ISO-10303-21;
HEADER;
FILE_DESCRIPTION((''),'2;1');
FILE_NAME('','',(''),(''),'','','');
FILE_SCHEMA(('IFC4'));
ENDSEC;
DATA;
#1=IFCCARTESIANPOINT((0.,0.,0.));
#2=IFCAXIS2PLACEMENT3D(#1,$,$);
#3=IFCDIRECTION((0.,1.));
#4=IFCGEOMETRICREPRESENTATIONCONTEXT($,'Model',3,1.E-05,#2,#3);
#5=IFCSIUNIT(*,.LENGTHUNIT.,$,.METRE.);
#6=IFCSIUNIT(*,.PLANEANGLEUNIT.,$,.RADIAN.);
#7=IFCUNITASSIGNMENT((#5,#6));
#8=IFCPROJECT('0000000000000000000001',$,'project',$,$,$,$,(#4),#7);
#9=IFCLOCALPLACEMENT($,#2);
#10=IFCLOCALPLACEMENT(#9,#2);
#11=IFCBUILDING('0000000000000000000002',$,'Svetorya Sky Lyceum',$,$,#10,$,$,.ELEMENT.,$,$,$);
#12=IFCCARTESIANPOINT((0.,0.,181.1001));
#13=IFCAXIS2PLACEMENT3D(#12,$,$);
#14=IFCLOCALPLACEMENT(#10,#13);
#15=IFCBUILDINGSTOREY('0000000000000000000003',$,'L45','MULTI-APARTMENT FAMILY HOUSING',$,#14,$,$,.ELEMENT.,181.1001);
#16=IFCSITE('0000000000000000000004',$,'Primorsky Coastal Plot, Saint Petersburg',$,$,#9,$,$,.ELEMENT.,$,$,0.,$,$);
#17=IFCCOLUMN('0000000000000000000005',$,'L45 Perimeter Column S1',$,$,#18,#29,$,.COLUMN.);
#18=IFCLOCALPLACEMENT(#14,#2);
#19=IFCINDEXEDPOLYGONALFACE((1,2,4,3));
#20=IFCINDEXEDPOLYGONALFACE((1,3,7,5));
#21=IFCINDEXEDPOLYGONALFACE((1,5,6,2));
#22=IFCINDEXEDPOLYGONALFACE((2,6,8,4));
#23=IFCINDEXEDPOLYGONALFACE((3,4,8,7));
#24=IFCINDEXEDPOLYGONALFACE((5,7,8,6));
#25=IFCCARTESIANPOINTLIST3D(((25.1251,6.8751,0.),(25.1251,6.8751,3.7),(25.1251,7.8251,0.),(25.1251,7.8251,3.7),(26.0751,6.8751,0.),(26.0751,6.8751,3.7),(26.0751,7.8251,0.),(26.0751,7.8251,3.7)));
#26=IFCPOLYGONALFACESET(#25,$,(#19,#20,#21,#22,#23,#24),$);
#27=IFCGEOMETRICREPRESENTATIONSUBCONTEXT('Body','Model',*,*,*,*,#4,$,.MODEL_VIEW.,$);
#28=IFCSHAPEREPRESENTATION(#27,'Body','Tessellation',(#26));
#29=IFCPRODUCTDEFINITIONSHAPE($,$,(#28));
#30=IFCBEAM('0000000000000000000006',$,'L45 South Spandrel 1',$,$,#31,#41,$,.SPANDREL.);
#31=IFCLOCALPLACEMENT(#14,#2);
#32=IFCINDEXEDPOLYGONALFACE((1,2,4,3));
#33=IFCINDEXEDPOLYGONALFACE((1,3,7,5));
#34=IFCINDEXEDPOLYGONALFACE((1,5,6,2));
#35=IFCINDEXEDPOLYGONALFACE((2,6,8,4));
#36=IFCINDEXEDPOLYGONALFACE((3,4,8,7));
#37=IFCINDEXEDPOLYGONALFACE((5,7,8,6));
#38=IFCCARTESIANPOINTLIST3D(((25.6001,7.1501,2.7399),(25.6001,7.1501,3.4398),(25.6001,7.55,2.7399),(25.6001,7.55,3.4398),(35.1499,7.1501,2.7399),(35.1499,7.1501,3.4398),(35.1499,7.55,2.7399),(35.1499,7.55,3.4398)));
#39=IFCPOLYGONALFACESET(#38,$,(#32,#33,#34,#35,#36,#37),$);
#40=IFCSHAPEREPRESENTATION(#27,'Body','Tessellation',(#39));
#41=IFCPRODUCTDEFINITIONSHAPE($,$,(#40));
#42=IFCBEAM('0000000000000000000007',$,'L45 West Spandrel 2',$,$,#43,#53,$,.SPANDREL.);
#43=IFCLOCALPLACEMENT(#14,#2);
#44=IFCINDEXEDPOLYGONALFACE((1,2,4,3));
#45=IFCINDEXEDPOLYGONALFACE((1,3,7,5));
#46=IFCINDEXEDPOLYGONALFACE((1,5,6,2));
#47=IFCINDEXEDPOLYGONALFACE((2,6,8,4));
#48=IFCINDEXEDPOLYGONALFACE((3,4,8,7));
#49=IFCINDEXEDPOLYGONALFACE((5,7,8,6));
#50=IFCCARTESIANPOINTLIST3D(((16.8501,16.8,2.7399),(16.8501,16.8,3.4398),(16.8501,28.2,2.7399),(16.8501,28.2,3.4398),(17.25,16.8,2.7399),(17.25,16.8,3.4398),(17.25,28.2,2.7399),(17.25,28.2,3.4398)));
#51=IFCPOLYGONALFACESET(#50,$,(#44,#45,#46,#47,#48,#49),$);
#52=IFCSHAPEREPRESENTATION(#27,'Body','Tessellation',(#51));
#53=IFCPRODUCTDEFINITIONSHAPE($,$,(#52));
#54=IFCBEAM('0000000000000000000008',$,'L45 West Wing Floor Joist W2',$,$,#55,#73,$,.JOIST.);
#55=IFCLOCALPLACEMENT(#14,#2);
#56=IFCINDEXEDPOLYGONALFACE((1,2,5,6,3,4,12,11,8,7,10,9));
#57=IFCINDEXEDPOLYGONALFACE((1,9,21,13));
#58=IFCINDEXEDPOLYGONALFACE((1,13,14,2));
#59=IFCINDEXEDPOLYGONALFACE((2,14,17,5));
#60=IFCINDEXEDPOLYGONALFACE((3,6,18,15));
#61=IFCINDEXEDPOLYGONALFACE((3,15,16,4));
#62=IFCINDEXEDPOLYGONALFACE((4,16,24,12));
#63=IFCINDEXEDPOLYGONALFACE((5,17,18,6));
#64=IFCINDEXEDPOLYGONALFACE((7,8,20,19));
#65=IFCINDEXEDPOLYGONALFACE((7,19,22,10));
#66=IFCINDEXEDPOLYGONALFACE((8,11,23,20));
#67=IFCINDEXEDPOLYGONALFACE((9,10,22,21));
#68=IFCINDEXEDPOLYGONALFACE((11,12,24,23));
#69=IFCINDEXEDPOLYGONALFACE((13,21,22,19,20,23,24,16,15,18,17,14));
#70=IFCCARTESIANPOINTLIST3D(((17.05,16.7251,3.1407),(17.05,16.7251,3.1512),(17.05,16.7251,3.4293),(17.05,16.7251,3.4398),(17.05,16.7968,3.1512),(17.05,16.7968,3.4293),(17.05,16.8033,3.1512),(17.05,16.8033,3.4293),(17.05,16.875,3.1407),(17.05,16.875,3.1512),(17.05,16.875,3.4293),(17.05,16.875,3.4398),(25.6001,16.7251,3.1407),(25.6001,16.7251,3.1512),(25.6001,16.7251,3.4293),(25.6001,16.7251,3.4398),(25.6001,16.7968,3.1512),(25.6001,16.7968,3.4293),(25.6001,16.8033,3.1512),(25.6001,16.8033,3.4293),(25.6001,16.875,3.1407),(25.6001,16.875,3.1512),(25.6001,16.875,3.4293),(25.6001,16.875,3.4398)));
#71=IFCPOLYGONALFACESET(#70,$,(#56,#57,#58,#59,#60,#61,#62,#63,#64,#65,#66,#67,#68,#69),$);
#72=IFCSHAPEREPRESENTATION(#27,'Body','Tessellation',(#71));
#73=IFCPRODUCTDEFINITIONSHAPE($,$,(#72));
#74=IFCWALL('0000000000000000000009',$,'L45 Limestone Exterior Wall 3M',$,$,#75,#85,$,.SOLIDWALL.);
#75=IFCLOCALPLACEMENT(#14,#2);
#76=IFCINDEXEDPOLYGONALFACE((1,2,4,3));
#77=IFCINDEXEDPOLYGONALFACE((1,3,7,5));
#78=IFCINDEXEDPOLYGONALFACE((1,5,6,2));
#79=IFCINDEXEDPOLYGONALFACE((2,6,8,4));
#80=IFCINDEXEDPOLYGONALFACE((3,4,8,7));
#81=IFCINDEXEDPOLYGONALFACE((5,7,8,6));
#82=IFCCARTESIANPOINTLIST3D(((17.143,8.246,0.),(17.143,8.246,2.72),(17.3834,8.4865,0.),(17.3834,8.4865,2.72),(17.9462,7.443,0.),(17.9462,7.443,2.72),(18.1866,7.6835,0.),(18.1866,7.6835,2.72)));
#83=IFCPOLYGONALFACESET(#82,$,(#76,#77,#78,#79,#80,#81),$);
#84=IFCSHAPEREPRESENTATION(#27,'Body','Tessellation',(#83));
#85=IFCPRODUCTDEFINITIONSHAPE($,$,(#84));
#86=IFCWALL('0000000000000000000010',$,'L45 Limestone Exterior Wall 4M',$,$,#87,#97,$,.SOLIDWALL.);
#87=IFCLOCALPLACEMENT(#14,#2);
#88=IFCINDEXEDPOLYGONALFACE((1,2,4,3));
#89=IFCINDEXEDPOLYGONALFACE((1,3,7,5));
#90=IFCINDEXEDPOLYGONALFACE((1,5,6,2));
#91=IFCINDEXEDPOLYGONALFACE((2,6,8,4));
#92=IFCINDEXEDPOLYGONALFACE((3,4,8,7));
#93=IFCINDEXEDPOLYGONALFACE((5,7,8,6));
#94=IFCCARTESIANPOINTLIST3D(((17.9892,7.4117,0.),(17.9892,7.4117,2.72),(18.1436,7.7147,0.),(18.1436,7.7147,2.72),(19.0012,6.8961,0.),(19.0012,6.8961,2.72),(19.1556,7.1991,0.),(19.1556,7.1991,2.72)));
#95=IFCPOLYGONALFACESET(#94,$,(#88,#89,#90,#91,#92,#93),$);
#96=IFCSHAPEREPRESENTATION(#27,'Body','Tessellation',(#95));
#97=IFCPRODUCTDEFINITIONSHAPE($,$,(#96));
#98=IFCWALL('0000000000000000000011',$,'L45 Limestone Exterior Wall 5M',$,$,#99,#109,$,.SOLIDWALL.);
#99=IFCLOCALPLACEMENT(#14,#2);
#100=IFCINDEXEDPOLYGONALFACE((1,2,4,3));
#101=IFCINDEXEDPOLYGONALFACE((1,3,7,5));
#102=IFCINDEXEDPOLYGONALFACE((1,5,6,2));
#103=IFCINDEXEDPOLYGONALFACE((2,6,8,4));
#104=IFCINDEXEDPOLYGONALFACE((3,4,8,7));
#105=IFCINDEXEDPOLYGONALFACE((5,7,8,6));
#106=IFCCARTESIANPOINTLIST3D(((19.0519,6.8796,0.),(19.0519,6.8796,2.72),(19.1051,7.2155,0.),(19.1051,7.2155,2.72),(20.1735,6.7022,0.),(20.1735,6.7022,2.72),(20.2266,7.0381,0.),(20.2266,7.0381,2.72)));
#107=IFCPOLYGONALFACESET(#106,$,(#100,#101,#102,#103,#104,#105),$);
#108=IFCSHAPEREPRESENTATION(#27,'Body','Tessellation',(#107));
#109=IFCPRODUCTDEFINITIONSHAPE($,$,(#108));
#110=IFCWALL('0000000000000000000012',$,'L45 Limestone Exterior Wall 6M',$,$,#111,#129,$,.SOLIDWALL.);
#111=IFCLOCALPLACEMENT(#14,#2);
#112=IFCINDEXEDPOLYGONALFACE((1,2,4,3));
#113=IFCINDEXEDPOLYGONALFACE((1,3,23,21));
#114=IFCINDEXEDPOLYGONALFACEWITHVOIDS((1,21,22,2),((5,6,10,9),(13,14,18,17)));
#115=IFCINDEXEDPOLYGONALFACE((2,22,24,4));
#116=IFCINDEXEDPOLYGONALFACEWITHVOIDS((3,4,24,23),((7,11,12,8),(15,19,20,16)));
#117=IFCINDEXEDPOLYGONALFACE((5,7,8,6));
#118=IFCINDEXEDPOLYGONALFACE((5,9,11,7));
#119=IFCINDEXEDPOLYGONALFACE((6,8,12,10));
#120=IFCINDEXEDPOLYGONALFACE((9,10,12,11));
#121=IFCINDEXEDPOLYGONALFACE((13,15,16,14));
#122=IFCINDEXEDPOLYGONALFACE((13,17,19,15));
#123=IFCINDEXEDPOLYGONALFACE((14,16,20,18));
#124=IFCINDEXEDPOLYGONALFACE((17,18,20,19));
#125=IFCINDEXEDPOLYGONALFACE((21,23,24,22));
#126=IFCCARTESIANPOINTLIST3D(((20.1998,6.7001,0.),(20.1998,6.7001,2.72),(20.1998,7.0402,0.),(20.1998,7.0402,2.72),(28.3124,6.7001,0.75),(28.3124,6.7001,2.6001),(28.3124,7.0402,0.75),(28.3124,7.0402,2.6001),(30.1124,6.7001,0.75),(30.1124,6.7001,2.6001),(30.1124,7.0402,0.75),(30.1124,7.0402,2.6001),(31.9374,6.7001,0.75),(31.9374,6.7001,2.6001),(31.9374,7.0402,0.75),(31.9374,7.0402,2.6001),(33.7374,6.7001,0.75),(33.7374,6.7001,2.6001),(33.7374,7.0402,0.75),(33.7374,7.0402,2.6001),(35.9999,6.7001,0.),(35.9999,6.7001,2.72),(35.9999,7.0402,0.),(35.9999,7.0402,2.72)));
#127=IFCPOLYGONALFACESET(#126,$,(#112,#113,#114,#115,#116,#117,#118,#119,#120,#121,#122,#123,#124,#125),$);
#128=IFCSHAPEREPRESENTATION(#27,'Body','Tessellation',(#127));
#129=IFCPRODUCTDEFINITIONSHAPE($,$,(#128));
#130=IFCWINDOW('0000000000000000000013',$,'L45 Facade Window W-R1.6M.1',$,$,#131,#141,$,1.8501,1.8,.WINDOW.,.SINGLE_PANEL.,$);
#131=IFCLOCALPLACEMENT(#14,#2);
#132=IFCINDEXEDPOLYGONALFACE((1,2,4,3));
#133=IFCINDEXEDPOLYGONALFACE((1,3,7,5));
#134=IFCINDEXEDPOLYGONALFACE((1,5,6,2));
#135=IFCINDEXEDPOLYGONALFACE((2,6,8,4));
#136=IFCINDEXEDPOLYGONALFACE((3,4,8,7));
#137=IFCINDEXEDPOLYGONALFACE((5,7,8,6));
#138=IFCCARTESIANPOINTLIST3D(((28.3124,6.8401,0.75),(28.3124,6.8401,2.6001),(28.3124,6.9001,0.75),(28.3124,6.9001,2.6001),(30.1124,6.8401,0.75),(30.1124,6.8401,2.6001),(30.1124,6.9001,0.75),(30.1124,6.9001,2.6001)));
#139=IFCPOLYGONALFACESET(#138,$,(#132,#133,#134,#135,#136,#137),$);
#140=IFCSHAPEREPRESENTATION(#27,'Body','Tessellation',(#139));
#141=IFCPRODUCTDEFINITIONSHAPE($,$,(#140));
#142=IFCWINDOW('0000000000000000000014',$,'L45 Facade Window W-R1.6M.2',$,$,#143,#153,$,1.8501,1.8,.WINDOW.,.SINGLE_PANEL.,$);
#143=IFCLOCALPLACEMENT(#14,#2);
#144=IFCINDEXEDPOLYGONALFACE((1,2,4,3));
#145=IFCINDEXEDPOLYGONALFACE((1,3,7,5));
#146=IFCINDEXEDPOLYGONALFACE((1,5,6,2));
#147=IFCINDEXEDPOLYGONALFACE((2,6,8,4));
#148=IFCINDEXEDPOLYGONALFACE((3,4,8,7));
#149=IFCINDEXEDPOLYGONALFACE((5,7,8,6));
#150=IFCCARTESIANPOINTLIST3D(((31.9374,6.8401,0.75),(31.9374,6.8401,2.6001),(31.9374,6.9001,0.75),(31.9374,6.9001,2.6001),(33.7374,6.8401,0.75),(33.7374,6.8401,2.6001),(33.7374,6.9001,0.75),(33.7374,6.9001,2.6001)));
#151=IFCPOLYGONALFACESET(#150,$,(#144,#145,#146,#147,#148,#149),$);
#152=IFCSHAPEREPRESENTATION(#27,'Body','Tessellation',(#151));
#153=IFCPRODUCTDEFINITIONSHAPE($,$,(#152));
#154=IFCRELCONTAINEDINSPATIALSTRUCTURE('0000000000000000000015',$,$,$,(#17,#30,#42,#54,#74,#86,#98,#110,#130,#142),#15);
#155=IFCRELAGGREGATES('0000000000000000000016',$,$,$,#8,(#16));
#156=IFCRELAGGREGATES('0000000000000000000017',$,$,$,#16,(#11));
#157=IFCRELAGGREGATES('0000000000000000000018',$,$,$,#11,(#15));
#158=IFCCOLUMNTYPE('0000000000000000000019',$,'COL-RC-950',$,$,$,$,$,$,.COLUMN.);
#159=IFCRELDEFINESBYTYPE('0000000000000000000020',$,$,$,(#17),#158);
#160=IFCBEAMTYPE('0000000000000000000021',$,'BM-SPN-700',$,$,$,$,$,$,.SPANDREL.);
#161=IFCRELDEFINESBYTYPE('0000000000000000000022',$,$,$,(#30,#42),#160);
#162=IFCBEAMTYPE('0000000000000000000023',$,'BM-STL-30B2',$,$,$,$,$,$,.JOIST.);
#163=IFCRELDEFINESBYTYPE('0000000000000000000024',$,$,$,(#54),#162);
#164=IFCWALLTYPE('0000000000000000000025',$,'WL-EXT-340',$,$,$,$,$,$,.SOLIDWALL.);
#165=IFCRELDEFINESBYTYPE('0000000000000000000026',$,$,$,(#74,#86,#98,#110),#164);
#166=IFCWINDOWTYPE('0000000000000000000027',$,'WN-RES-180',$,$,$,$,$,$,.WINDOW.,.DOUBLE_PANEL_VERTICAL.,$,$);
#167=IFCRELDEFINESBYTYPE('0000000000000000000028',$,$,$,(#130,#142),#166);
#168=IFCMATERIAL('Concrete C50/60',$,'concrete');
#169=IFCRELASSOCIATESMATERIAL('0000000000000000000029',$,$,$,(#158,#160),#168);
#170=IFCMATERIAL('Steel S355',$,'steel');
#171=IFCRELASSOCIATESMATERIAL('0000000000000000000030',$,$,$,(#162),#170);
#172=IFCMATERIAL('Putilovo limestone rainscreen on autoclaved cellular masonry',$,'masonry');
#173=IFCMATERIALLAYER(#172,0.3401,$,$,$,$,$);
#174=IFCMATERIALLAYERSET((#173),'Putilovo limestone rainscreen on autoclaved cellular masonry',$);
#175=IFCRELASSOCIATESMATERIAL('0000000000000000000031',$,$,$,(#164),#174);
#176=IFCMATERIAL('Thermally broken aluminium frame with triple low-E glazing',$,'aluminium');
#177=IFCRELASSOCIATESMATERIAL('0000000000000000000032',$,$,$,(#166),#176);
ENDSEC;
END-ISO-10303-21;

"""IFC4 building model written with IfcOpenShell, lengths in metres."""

from ifc_helpers import new_model, si_unit, direction, frame, frame_2d, origin, origin_2d, place, context, subcontext, project, spatial, rectangle, i_section, extrude, material, layer, layer_set, material_profile, profile_set, type_object, element, fill, save


model = new_model("IFC4")

# Units and contexts
model_context = context("Model", 3, precision=1e-05, world=origin(), true_north=direction((0.0, 1.0)))
body_context = subcontext(model_context, "Body", "Model", "MODEL_VIEW")
ifc_project = project(units=[si_unit("LENGTHUNIT", "METRE"), si_unit("PLANEANGLEUNIT", "RADIAN")], contexts=[model_context])

# Site, building, storey
site_placement = place(None, origin())
site = spatial("IfcSite", under=ifc_project, at=site_placement, Name="Primorsky Coastal Plot, Saint Petersburg", CompositionType="ELEMENT", RefElevation=0.0)
building_placement = place(site_placement, origin())
building = spatial("IfcBuilding", under=site, at=building_placement, Name="Svetorya Sky Lyceum", CompositionType="ELEMENT")
storey_placement = place(building_placement, frame((0.0, 0.0, 181.1001)))
storey = spatial("IfcBuildingStorey", under=building, at=storey_placement, Name="L45", Description="MULTI-APARTMENT FAMILY HOUSING", CompositionType="ELEMENT", Elevation=181.1001)

# Column
ifc_material_1 = material(Name="Concrete C50/60", Category="concrete")
ifc_material_profile_1 = material_profile(ifc_material_1, rectangle(XDim=0.95, YDim=0.95, at=origin_2d()), Name="RC COL 950x950")
ifc_profile_set_1 = profile_set([ifc_material_profile_1], Name="Concrete C50/60")
column_type = type_object("IfcColumnType", Name="COL-RC-950", PredefinedType="COLUMN", material=ifc_profile_set_1)
column_placement = place(storey_placement, frame((25.6001, 7.3501, 0.0), z_axis=(0.0, 0.0, 1.0), x_axis=(1.0, 0.0, 0.0)))
element("IfcColumn", 1, at=column_placement, inside=storey, type_object=column_type, Name="L45 Perimeter Column S1", PredefinedType="COLUMN", context=body_context, shape_type="SweptSolid", body=[
    extrude(rectangle(XDim=0.95, YDim=0.95, at=origin_2d()), origin(), (0.0, 0.0, 1.0), 3.7),
])

# Beams
ifc_material_profile_2 = material_profile(ifc_material_1, rectangle(XDim=0.3999, YDim=0.7, at=origin_2d()), Name="RC SPANDREL 400x700")
ifc_profile_set_2 = profile_set([ifc_material_profile_2], Name="Concrete C50/60")
beam_type_1 = type_object("IfcBeamType", Name="BM-SPN-700", PredefinedType="SPANDREL", material=ifc_profile_set_2)
beam_1_placement = place(storey_placement, frame((25.6001, 7.3501, 3.0898), z_axis=(1.0, 0.0, 0.0), x_axis=(0.0, 1.0, 0.0)))
element("IfcBeam", 2, at=beam_1_placement, inside=storey, type_object=beam_type_1, Name="L45 South Spandrel 1", PredefinedType="SPANDREL", context=body_context, shape_type="SweptSolid", body=[
    extrude(rectangle(XDim=0.3999, YDim=0.7, at=origin_2d()), origin(), (0.0, 0.0, 1.0), 9.5498),
])
beam_2_placement = place(storey_placement, frame((17.05, 16.8, 3.0898), z_axis=(0.0, 1.0, 0.0), x_axis=(-1.0, 0.0, 0.0)))
element("IfcBeam", 3, at=beam_2_placement, inside=storey, type_object=beam_type_1, Name="L45 West Spandrel 2", PredefinedType="SPANDREL", context=body_context, shape_type="SweptSolid", body=[
    extrude(rectangle(XDim=0.3999, YDim=0.7, at=origin_2d()), origin(), (0.0, 0.0, 1.0), 11.3999),
])
ifc_material_2 = material(Name="Steel S355", Category="steel")
ifc_material_profile_3 = material_profile(ifc_material_2, i_section(OverallWidth=0.1499, OverallDepth=0.2991, WebThickness=0.0066, FlangeThickness=0.0105, at=origin_2d()), Name="GOST 30B2")
ifc_profile_set_3 = profile_set([ifc_material_profile_3], Name="Steel S355")
beam_type_2 = type_object("IfcBeamType", Name="BM-STL-30B2", PredefinedType="JOIST", material=ifc_profile_set_3)
beam_3_placement = place(storey_placement, frame((17.05, 16.8, 3.2903), z_axis=(1.0, 0.0, 0.0), x_axis=(0.0, 1.0, 0.0)))
element("IfcBeam", 4, at=beam_3_placement, inside=storey, type_object=beam_type_2, Name="L45 West Wing Floor Joist W2", PredefinedType="JOIST", context=body_context, shape_type="SweptSolid", body=[
    extrude(i_section(OverallWidth=0.1499, OverallDepth=0.2991, WebThickness=0.0066, FlangeThickness=0.0105, at=origin_2d()), origin(), (0.0, 0.0, 1.0), 8.55),
])

# Walls
ifc_material_3 = material(Name="Putilovo limestone rainscreen on autoclaved cellular masonry", Category="masonry")
ifc_layer_1 = layer(ifc_material_3, 0.3401)
ifc_layer_set_1 = layer_set([ifc_layer_1], Name="Putilovo limestone rainscreen on autoclaved cellular masonry")
wall_type_1 = type_object("IfcWallType", Name="WL-EXT-340", PredefinedType="SOLIDWALL", material=ifc_layer_set_1)
for number, where, z_axis, x_axis, name in (
    (5, (17.2632, 8.3662, 0.0), (0.0, 0.0, 1.0), (0.707214, -0.706999, 0.0), "L45 Limestone Exterior Wall 3M"),
    (6, (18.0664, 7.5632, 0.0), (0.0, 0.0, 1.0), (0.891005, -0.453993, 0.0), "L45 Limestone Exterior Wall 4M"),
):
    element("IfcWall", number, at=place(storey_placement, frame(where, z_axis=z_axis, x_axis=x_axis)), inside=storey, type_object=wall_type_1, Name=name, PredefinedType="SOLIDWALL", context=body_context, shape_type="SweptSolid", body=[
        extrude(rectangle(XDim=1.1357, YDim=0.3401, at=frame_2d((0.5679, 0.0))), origin(), (0.0, 0.0, 1.0), 2.72),
    ])
wall_1_placement = place(storey_placement, frame((19.0784, 7.0476, 0.0), z_axis=(0.0, 0.0, 1.0), x_axis=(0.987709, -0.156305, 0.0)))
element("IfcWall", 7, at=wall_1_placement, inside=storey, type_object=wall_type_1, Name="L45 Limestone Exterior Wall 5M", PredefinedType="SOLIDWALL", context=body_context, shape_type="SweptSolid", body=[
    extrude(rectangle(XDim=1.1355, YDim=0.3401, at=frame_2d((0.5679, 0.0))), origin(), (0.0, 0.0, 1.0), 2.72),
])

# Wall, openings, windows
wall_2_placement = place(storey_placement, frame((20.2, 6.8701, 0.0), z_axis=(0.0, 0.0, 1.0), x_axis=(1.0, 0.0, 0.0)))
wall_2 = element("IfcWall", 8, at=wall_2_placement, inside=storey, type_object=wall_type_1, Name="L45 Limestone Exterior Wall 6M", PredefinedType="SOLIDWALL", context=body_context, shape_type="SweptSolid", body=[
    extrude(rectangle(XDim=15.8, YDim=0.3401, at=frame_2d((7.8999, 0.0))), origin(), (0.0, 0.0, 1.0), 2.72),
])
opening_1_placement = place(wall_2_placement, frame((8.1125, 0.0, 0.75)))
opening_1 = element("IfcOpeningElement", 9, at=opening_1_placement, cuts=wall_2, PredefinedType="OPENING", context=body_context, shape_type="SweptSolid", body=[
    extrude(rectangle(XDim=1.8, YDim=1.8501, at=frame_2d((0.8999, 0.925))), frame((0.0, 0.1799, 0.0), z_axis=(0.0, -1.0, 0.0), x_axis=(1.0, 0.0, 0.0)), (0.0, 0.0, 1.0), 0.3601),
])
opening_2_placement = place(wall_2_placement, frame((11.7375, 0.0, 0.75)))
opening_2 = element("IfcOpeningElement", 10, at=opening_2_placement, cuts=wall_2, PredefinedType="OPENING", context=body_context, shape_type="SweptSolid", body=[
    extrude(rectangle(XDim=1.8, YDim=1.8501, at=frame_2d((0.8999, 0.925))), frame((0.0, 0.1799, 0.0), z_axis=(0.0, -1.0, 0.0), x_axis=(1.0, 0.0, 0.0)), (0.0, 0.0, 1.0), 0.3601),
])
ifc_material_4 = material(Name="Thermally broken aluminium frame with triple low-E glazing", Category="aluminium")
window_type = type_object("IfcWindowType", Name="WN-RES-180", PartitioningType="DOUBLE_PANEL_VERTICAL", PredefinedType="WINDOW", material=ifc_material_4)
window_1_placement = place(opening_1_placement, origin())
window_1 = element("IfcWindow", 11, at=window_1_placement, inside=storey, type_object=window_type, Name="L45 Facade Window W-R1.6M.1", OverallHeight=1.8501, OverallWidth=1.8, PartitioningType="SINGLE_PANEL", PredefinedType="WINDOW", context=body_context, shape_type="SweptSolid", body=[
    extrude(rectangle(XDim=1.8, YDim=1.8501, at=frame_2d((0.8999, 0.925))), frame((0.0, 0.03, 0.0), z_axis=(0.0, -1.0, 0.0), x_axis=(1.0, 0.0, 0.0)), (0.0, 0.0, 1.0), 0.0601),
])
fill(opening_1, window_1)
window_2_placement = place(opening_2_placement, origin())
window_2 = element("IfcWindow", 12, at=window_2_placement, inside=storey, type_object=window_type, Name="L45 Facade Window W-R1.6M.2", OverallHeight=1.8501, OverallWidth=1.8, PartitioningType="SINGLE_PANEL", PredefinedType="WINDOW", context=body_context, shape_type="SweptSolid", body=[
    extrude(rectangle(XDim=1.8, YDim=1.8501, at=frame_2d((0.8999, 0.925))), frame((0.0, 0.03, 0.0), z_axis=(0.0, -1.0, 0.0), x_axis=(1.0, 0.0, 0.0)), (0.0, 0.0, 1.0), 0.0601),
])
fill(opening_2, window_2)

save(model, "model.ifc")
